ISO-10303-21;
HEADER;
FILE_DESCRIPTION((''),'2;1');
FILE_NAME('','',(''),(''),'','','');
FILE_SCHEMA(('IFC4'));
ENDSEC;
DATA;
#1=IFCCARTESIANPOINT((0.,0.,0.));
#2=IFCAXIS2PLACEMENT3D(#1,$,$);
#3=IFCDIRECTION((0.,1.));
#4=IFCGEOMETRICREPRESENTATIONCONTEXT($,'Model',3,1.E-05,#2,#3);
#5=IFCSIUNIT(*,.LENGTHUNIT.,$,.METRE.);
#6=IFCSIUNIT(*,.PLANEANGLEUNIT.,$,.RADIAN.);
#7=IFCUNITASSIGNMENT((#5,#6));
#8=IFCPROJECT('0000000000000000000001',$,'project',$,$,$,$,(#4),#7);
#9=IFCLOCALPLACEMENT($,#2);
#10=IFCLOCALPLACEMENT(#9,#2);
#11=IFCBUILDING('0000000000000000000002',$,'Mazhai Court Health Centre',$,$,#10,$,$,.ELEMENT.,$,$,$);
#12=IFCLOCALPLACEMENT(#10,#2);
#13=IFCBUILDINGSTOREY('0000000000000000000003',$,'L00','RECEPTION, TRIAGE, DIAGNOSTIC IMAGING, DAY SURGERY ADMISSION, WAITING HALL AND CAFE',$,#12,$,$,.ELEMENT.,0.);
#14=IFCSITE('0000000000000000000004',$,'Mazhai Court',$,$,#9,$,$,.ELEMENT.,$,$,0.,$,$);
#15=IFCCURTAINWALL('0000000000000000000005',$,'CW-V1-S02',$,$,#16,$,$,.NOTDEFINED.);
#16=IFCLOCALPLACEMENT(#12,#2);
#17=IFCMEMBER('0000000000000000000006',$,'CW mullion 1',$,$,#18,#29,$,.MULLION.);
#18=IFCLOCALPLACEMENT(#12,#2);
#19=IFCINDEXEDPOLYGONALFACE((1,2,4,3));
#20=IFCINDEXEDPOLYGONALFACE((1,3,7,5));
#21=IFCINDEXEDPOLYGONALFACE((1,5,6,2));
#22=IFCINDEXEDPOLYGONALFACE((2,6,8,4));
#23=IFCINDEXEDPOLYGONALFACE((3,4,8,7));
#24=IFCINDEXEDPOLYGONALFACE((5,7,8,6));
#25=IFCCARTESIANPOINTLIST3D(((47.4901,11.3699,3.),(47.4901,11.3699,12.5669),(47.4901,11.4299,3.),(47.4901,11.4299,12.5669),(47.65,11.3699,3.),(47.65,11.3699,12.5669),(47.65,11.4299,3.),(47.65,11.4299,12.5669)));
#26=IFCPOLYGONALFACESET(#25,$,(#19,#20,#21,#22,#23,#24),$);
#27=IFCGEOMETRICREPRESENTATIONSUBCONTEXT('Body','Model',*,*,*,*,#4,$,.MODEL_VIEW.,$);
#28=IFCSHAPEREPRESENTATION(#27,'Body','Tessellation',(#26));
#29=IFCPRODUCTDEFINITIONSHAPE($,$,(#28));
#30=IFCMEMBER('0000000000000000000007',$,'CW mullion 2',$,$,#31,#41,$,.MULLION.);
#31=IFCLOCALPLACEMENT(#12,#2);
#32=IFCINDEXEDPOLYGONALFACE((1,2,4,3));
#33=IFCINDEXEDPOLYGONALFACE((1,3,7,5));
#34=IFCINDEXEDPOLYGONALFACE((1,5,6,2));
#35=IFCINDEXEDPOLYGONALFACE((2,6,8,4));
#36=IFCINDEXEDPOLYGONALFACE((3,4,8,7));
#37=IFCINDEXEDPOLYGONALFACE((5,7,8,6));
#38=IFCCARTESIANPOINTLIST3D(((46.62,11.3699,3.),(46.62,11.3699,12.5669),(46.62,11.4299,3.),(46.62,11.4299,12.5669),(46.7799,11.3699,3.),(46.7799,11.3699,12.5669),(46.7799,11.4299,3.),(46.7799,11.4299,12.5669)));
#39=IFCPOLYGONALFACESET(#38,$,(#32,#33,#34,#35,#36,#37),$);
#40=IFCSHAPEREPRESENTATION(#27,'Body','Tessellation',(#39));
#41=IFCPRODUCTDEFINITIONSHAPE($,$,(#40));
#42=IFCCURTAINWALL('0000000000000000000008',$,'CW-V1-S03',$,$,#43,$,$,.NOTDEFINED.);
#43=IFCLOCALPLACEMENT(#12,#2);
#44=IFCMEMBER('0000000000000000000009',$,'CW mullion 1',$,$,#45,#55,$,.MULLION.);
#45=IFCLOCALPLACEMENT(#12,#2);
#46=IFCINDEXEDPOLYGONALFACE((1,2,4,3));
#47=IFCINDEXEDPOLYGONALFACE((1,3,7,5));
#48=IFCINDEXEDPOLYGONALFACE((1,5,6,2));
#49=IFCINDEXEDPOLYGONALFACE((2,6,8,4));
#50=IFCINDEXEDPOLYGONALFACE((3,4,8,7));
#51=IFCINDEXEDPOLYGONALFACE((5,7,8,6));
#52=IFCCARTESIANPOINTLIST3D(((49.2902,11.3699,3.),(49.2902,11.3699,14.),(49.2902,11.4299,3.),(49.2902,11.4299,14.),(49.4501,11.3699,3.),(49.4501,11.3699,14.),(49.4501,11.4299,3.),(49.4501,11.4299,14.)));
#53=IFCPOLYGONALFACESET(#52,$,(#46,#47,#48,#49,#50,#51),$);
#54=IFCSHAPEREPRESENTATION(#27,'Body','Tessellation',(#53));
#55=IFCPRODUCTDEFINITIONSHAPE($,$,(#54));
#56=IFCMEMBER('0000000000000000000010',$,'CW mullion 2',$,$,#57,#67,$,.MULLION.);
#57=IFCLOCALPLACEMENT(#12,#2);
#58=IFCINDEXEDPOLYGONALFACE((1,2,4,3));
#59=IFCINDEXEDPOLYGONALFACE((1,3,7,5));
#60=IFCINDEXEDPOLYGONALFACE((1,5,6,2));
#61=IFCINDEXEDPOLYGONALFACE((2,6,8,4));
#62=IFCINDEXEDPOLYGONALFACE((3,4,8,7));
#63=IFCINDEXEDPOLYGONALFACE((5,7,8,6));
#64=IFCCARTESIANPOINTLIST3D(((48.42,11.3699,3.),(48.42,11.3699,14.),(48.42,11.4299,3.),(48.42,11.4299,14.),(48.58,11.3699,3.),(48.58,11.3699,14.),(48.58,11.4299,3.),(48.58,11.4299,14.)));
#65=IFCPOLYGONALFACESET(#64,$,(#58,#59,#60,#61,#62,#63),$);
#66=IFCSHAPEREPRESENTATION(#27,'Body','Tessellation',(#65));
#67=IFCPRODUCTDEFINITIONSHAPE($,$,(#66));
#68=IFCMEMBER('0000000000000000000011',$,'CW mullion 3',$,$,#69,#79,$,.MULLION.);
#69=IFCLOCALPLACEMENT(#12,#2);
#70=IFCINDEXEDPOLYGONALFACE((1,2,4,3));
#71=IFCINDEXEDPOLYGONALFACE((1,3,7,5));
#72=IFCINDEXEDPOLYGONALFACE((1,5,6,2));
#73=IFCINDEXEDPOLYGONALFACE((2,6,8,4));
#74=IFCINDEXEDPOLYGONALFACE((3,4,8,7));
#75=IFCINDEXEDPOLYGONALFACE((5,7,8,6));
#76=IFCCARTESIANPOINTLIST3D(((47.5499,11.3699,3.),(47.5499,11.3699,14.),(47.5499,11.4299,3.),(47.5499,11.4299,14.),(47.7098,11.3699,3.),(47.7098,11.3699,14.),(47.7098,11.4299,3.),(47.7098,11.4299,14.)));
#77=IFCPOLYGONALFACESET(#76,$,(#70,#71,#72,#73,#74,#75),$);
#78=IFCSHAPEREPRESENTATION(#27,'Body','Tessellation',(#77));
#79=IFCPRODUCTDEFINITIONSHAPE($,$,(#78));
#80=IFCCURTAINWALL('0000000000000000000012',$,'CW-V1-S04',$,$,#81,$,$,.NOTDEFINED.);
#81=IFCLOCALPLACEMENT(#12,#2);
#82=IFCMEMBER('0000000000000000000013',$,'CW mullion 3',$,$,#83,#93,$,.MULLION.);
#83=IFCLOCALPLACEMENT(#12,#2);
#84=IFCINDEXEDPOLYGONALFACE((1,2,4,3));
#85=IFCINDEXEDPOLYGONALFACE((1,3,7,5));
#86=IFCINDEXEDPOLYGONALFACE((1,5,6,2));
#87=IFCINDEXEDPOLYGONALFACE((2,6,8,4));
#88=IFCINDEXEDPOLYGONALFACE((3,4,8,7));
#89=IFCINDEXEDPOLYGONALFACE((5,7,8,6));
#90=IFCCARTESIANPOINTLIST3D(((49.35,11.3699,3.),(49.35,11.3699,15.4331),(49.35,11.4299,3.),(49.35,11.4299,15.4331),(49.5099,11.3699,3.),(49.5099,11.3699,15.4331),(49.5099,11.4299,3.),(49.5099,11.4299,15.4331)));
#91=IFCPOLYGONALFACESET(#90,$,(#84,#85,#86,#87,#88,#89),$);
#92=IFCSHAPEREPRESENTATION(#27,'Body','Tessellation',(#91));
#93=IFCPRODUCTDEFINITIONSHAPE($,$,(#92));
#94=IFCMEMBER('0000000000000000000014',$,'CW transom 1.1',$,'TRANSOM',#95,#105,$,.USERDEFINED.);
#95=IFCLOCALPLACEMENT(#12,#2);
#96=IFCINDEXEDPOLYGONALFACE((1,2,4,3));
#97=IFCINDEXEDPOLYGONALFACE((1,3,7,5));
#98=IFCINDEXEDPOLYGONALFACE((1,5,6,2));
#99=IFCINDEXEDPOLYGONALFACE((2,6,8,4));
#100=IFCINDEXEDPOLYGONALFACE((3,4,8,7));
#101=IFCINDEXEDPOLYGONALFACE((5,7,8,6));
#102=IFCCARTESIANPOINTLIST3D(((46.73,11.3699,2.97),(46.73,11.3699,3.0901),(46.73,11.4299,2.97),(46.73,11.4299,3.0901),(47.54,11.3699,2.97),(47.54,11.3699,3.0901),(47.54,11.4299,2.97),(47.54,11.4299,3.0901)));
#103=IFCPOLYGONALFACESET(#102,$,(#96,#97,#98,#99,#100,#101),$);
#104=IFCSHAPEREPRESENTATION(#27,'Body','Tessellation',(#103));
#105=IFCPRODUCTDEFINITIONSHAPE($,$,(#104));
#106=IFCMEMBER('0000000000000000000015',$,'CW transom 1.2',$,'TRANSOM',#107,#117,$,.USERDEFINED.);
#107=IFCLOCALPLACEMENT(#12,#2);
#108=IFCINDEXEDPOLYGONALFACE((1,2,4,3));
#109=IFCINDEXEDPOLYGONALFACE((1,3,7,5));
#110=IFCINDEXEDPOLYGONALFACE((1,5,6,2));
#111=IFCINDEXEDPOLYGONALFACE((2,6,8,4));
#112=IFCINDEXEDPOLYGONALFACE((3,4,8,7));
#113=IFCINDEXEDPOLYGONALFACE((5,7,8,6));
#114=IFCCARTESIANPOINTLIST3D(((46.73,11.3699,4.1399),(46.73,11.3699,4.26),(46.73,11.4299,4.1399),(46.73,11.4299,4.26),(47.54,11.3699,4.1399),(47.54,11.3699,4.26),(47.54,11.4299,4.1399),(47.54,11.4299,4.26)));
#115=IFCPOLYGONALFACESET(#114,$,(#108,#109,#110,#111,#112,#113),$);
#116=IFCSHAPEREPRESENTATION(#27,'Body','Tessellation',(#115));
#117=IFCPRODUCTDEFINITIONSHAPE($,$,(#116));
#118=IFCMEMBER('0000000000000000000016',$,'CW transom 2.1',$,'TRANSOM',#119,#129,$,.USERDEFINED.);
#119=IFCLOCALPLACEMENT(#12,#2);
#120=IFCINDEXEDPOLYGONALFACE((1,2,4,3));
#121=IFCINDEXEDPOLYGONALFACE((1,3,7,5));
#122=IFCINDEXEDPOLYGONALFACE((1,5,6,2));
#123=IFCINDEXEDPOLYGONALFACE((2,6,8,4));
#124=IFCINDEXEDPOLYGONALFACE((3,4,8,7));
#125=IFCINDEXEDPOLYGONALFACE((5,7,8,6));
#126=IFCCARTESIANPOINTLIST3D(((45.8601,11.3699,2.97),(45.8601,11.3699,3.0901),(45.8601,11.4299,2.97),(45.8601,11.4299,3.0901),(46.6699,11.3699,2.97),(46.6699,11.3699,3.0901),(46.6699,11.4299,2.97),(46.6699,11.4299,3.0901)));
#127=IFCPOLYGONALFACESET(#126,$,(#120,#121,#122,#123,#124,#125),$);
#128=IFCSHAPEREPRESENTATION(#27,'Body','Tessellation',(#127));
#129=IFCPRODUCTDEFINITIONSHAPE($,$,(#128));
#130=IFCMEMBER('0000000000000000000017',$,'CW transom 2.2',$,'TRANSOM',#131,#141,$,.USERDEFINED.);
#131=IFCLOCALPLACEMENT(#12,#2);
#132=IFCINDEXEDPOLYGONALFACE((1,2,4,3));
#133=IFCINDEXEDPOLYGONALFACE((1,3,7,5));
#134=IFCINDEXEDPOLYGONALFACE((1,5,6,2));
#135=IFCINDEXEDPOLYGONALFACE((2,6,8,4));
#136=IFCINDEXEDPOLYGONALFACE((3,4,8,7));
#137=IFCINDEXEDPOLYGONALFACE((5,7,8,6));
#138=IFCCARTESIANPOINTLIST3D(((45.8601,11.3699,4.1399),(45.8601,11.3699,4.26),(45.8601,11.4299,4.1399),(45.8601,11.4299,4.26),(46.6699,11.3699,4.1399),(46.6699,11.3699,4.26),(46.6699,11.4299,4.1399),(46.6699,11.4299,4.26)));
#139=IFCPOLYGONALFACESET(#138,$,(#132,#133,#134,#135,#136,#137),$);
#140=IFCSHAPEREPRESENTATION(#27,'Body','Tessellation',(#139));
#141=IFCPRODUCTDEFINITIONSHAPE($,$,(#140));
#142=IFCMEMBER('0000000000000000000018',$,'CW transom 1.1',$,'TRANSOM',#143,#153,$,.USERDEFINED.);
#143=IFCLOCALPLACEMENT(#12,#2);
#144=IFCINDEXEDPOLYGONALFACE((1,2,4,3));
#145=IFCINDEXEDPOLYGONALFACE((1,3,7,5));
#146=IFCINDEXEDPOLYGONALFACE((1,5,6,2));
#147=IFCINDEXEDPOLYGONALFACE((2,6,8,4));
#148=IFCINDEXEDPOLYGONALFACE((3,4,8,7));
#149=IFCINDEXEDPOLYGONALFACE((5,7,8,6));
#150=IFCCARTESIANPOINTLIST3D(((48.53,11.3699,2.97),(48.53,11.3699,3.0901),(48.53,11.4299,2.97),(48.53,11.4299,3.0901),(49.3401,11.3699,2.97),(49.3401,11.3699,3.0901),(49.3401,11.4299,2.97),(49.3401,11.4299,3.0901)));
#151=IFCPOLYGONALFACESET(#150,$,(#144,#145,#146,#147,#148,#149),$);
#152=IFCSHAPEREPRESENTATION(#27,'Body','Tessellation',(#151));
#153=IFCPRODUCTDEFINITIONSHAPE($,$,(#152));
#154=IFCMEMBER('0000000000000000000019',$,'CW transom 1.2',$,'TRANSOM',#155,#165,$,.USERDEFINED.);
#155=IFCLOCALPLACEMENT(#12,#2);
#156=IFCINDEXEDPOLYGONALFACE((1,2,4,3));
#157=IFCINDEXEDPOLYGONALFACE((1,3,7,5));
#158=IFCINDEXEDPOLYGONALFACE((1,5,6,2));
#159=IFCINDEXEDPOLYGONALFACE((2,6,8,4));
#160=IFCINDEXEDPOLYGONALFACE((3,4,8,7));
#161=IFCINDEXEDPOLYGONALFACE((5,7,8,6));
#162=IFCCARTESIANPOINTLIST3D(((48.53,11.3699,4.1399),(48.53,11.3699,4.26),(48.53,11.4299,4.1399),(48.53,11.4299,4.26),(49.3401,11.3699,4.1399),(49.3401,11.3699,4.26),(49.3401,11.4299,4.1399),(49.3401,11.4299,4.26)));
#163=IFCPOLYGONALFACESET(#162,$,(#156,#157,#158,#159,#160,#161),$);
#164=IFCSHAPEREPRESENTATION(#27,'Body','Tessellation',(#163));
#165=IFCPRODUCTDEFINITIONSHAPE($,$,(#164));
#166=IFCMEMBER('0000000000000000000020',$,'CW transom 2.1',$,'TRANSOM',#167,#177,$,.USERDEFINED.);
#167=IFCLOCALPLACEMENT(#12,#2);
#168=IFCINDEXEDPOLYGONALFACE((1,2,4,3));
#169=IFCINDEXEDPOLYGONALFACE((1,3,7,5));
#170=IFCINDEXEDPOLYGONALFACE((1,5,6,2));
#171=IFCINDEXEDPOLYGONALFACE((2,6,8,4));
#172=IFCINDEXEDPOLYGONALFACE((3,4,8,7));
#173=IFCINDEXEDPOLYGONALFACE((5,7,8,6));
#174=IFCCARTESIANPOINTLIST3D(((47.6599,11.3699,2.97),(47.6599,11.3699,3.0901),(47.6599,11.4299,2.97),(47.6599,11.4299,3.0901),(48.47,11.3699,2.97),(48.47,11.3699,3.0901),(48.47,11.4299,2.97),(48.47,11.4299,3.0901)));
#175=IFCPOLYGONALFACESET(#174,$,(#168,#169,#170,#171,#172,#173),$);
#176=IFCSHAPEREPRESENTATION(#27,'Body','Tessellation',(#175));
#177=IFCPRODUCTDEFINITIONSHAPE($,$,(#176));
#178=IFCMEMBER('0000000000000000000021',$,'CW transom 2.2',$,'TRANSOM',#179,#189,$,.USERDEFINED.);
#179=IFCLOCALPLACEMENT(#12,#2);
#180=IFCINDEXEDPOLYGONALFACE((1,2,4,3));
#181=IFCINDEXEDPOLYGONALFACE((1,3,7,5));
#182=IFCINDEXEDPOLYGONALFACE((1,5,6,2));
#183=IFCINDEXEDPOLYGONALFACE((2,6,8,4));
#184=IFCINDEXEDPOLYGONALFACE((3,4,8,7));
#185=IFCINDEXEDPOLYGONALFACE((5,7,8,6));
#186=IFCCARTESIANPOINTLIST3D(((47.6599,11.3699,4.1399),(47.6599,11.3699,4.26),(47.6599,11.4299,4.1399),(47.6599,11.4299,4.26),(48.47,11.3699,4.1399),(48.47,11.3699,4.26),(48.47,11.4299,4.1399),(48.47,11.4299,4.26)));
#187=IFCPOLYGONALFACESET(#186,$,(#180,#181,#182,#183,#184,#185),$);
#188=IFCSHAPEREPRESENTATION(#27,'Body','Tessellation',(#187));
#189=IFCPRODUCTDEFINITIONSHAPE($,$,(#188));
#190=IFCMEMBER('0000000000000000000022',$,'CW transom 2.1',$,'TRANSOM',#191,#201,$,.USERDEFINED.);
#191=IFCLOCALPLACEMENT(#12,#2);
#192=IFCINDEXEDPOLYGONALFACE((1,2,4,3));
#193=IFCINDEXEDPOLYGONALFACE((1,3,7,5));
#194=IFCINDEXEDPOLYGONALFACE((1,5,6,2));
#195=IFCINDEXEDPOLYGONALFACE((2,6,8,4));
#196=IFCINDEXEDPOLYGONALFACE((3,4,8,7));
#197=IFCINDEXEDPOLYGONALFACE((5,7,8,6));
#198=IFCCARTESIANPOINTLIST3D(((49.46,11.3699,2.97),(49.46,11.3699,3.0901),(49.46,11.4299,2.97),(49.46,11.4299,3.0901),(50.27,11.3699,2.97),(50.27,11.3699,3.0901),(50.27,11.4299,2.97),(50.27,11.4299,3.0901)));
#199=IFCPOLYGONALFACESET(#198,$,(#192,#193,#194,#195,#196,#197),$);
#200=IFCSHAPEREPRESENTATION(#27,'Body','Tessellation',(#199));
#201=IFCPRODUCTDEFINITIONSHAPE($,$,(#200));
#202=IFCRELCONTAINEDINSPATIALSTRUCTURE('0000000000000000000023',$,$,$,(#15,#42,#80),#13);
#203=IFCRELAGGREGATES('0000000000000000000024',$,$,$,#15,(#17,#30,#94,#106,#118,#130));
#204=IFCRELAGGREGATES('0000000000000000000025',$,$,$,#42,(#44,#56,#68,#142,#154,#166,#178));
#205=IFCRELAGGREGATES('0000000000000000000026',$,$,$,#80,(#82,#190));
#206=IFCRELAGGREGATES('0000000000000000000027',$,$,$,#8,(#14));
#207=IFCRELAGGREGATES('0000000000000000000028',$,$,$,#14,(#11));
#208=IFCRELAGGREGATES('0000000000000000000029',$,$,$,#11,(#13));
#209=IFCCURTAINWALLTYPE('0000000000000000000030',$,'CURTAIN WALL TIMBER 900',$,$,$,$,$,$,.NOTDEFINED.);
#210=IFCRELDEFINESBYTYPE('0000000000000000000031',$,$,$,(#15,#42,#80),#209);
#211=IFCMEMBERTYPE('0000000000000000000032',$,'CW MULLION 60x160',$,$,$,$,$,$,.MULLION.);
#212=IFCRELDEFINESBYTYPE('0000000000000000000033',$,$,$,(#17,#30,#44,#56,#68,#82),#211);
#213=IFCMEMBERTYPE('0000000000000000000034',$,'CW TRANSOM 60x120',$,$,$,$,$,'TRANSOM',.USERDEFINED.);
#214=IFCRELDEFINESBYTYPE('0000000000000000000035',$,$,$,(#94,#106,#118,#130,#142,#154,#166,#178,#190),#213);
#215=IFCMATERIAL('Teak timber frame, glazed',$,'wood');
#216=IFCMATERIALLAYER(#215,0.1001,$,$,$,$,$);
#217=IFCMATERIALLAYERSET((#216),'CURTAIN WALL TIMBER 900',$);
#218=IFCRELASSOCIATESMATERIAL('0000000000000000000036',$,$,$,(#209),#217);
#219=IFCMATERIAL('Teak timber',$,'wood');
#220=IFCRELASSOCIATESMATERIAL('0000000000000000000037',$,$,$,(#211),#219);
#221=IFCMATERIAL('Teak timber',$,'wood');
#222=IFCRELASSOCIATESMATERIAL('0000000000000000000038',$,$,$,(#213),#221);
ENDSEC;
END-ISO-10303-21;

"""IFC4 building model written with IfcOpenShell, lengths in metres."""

from ifc_helpers import new_model, si_unit, direction, frame, origin, origin_2d, place, context, subcontext, project, spatial, rectangle, extrude, material, layer, layer_set, material_profile, profile_set, type_object, element, aggregate, save


model = new_model("IFC4")

# Units and contexts
model_context = context("Model", 3, precision=1e-05, world=origin(), true_north=direction((0.0, 1.0)))
body_context = subcontext(model_context, "Body", "Model", "MODEL_VIEW")
ifc_project = project(units=[si_unit("LENGTHUNIT", "METRE"), si_unit("PLANEANGLEUNIT", "RADIAN")], contexts=[model_context])

# Site, building, storey
site_placement = place(None, origin())
site = spatial("IfcSite", under=ifc_project, at=site_placement, Name="Mazhai Court", CompositionType="ELEMENT", RefElevation=0.0)
building_placement = place(site_placement, origin())
building = spatial("IfcBuilding", under=site, at=building_placement, Name="Mazhai Court Health Centre", CompositionType="ELEMENT")
storey_placement = place(building_placement, origin())
storey = spatial("IfcBuildingStorey", under=building, at=storey_placement, Name="L00", Description="RECEPTION, TRIAGE, DIAGNOSTIC IMAGING, DAY SURGERY ADMISSION, WAITING HALL AND CAFE", CompositionType="ELEMENT", Elevation=0.0)

# Curtain walls, members
ifc_material_1 = material(Name="Teak timber frame, glazed", Category="wood")
ifc_layer_1 = layer(ifc_material_1, 0.1001)
ifc_layer_set_1 = layer_set([ifc_layer_1], Name="CURTAIN WALL TIMBER 900")
curtain_wall_type = type_object("IfcCurtainWallType", Name="CURTAIN WALL TIMBER 900", PredefinedType="NOTDEFINED", material=ifc_layer_set_1)
curtain_wall_1_placement = place(storey_placement, origin())
curtain_wall_1 = element("IfcCurtainWall", 1, at=curtain_wall_1_placement, inside=storey, type_object=curtain_wall_type, Name="CW-V1-S02", PredefinedType="NOTDEFINED")
ifc_material_2 = material(Name="Teak timber", Category="wood")
ifc_material_profile_1 = material_profile(ifc_material_2, rectangle(XDim=0.0601, YDim=0.1599, at=origin_2d()), Name="CW MULLION 60x160")
ifc_profile_set_1 = profile_set([ifc_material_profile_1], Name="Teak timber")
member_type_1 = type_object("IfcMemberType", Name="CW MULLION 60x160", PredefinedType="MULLION", material=ifc_profile_set_1)
member_1_placement = place(storey_placement, frame((47.5701, 11.3999, 3.0), z_axis=(0.0, 0.0, 1.0), x_axis=(0.0, -1.0, 0.0)))
member_1 = element("IfcMember", 2, at=member_1_placement, type_object=member_type_1, Name="CW mullion 1", PredefinedType="MULLION", context=body_context, shape_type="SweptSolid", body=[
    extrude(rectangle(XDim=0.0601, YDim=0.1599, at=origin_2d()), origin(), (0.0, 0.0, 1.0), 9.5669),
])
member_2_placement = place(storey_placement, frame((46.7, 11.3999, 3.0), z_axis=(0.0, 0.0, 1.0), x_axis=(0.0, -1.0, 0.0)))
member_2 = element("IfcMember", 3, at=member_2_placement, type_object=member_type_1, Name="CW mullion 2", PredefinedType="MULLION", context=body_context, shape_type="SweptSolid", body=[
    extrude(rectangle(XDim=0.0601, YDim=0.1599, at=origin_2d()), origin(), (0.0, 0.0, 1.0), 9.5669),
])
curtain_wall_2_placement = place(storey_placement, origin())
curtain_wall_2 = element("IfcCurtainWall", 4, at=curtain_wall_2_placement, inside=storey, type_object=curtain_wall_type, Name="CW-V1-S03", PredefinedType="NOTDEFINED")
member_3_placement = place(storey_placement, frame((49.3701, 11.3999, 3.0), z_axis=(0.0, 0.0, 1.0), x_axis=(0.0, -1.0, 0.0)))
member_3 = element("IfcMember", 5, at=member_3_placement, type_object=member_type_1, Name="CW mullion 1", PredefinedType="MULLION", context=body_context, shape_type="SweptSolid", body=[
    extrude(rectangle(XDim=0.0601, YDim=0.1599, at=origin_2d()), origin(), (0.0, 0.0, 1.0), 11.0),
])
member_4_placement = place(storey_placement, frame((48.5, 11.3999, 3.0), z_axis=(0.0, 0.0, 1.0), x_axis=(0.0, -1.0, 0.0)))
member_4 = element("IfcMember", 6, at=member_4_placement, type_object=member_type_1, Name="CW mullion 2", PredefinedType="MULLION", context=body_context, shape_type="SweptSolid", body=[
    extrude(rectangle(XDim=0.0601, YDim=0.1599, at=origin_2d()), origin(), (0.0, 0.0, 1.0), 11.0),
])
member_5_placement = place(storey_placement, frame((47.6299, 11.3999, 3.0), z_axis=(0.0, 0.0, 1.0), x_axis=(0.0, -1.0, 0.0)))
member_5 = element("IfcMember", 7, at=member_5_placement, type_object=member_type_1, Name="CW mullion 3", PredefinedType="MULLION", context=body_context, shape_type="SweptSolid", body=[
    extrude(rectangle(XDim=0.0601, YDim=0.1599, at=origin_2d()), origin(), (0.0, 0.0, 1.0), 11.0),
])

# Curtain wall, member
curtain_wall_3_placement = place(storey_placement, origin())
curtain_wall_3 = element("IfcCurtainWall", 8, at=curtain_wall_3_placement, inside=storey, type_object=curtain_wall_type, Name="CW-V1-S04", PredefinedType="NOTDEFINED")
member_6_placement = place(storey_placement, frame((49.4299, 11.3999, 3.0), z_axis=(0.0, 0.0, 1.0), x_axis=(0.0, -1.0, 0.0)))
member_6 = element("IfcMember", 9, at=member_6_placement, type_object=member_type_1, Name="CW mullion 3", PredefinedType="MULLION", context=body_context, shape_type="SweptSolid", body=[
    extrude(rectangle(XDim=0.0601, YDim=0.1599, at=origin_2d()), origin(), (0.0, 0.0, 1.0), 12.4331),
])

# Members
ifc_material_3 = material(Name="Teak timber", Category="wood")
ifc_material_profile_2 = material_profile(ifc_material_3, rectangle(XDim=0.0601, YDim=0.1201, at=origin_2d()), Name="CW TRANSOM 60x120")
ifc_profile_set_2 = profile_set([ifc_material_profile_2], Name="Teak timber")
member_type_2 = type_object("IfcMemberType", Name="CW TRANSOM 60x120", ElementType="TRANSOM", PredefinedType="USERDEFINED", material=ifc_profile_set_2)
member_7_placement = place(storey_placement, frame((47.54, 11.3999, 3.03), z_axis=(-1.0, 0.0, 0.0), x_axis=(0.0, -1.0, 0.0)))
member_7 = element("IfcMember", 10, at=member_7_placement, type_object=member_type_2, Name="CW transom 1.1", ObjectType="TRANSOM", PredefinedType="USERDEFINED", context=body_context, shape_type="SweptSolid", body=[
    extrude(rectangle(XDim=0.0601, YDim=0.1201, at=origin_2d()), origin(), (0.0, 0.0, 1.0), 0.8101),
])
member_8_placement = place(storey_placement, frame((47.54, 11.3999, 4.2), z_axis=(-1.0, 0.0, 0.0), x_axis=(0.0, -1.0, 0.0)))
member_8 = element("IfcMember", 11, at=member_8_placement, type_object=member_type_2, Name="CW transom 1.2", ObjectType="TRANSOM", PredefinedType="USERDEFINED", context=body_context, shape_type="SweptSolid", body=[
    extrude(rectangle(XDim=0.0601, YDim=0.1201, at=origin_2d()), origin(), (0.0, 0.0, 1.0), 0.8101),
])
member_9_placement = place(storey_placement, frame((46.6699, 11.3999, 3.03), z_axis=(-1.0, 0.0, 0.0), x_axis=(0.0, -1.0, 0.0)))
member_9 = element("IfcMember", 12, at=member_9_placement, type_object=member_type_2, Name="CW transom 2.1", ObjectType="TRANSOM", PredefinedType="USERDEFINED", context=body_context, shape_type="SweptSolid", body=[
    extrude(rectangle(XDim=0.0601, YDim=0.1201, at=origin_2d()), origin(), (0.0, 0.0, 1.0), 0.8098),
])
member_10_placement = place(storey_placement, frame((46.6699, 11.3999, 4.2), z_axis=(-1.0, 0.0, 0.0), x_axis=(0.0, -1.0, 0.0)))
member_10 = element("IfcMember", 13, at=member_10_placement, type_object=member_type_2, Name="CW transom 2.2", ObjectType="TRANSOM", PredefinedType="USERDEFINED", context=body_context, shape_type="SweptSolid", body=[
    extrude(rectangle(XDim=0.0601, YDim=0.1201, at=origin_2d()), origin(), (0.0, 0.0, 1.0), 0.8098),
])
member_11_placement = place(storey_placement, frame((49.3401, 11.3999, 3.03), z_axis=(-1.0, 0.0, 0.0), x_axis=(0.0, -1.0, 0.0)))
member_11 = element("IfcMember", 14, at=member_11_placement, type_object=member_type_2, Name="CW transom 1.1", ObjectType="TRANSOM", PredefinedType="USERDEFINED", context=body_context, shape_type="SweptSolid", body=[
    extrude(rectangle(XDim=0.0601, YDim=0.1201, at=origin_2d()), origin(), (0.0, 0.0, 1.0), 0.8101),
])
member_12_placement = place(storey_placement, frame((49.3401, 11.3999, 4.2), z_axis=(-1.0, 0.0, 0.0), x_axis=(0.0, -1.0, 0.0)))
member_12 = element("IfcMember", 15, at=member_12_placement, type_object=member_type_2, Name="CW transom 1.2", ObjectType="TRANSOM", PredefinedType="USERDEFINED", context=body_context, shape_type="SweptSolid", body=[
    extrude(rectangle(XDim=0.0601, YDim=0.1201, at=origin_2d()), origin(), (0.0, 0.0, 1.0), 0.8101),
])
member_13_placement = place(storey_placement, frame((48.47, 11.3999, 3.03), z_axis=(-1.0, 0.0, 0.0), x_axis=(0.0, -1.0, 0.0)))
member_13 = element("IfcMember", 16, at=member_13_placement, type_object=member_type_2, Name="CW transom 2.1", ObjectType="TRANSOM", PredefinedType="USERDEFINED", context=body_context, shape_type="SweptSolid", body=[
    extrude(rectangle(XDim=0.0601, YDim=0.1201, at=origin_2d()), origin(), (0.0, 0.0, 1.0), 0.8101),
])
member_14_placement = place(storey_placement, frame((48.47, 11.3999, 4.2), z_axis=(-1.0, 0.0, 0.0), x_axis=(0.0, -1.0, 0.0)))
member_14 = element("IfcMember", 17, at=member_14_placement, type_object=member_type_2, Name="CW transom 2.2", ObjectType="TRANSOM", PredefinedType="USERDEFINED", context=body_context, shape_type="SweptSolid", body=[
    extrude(rectangle(XDim=0.0601, YDim=0.1201, at=origin_2d()), origin(), (0.0, 0.0, 1.0), 0.8101),
])
member_15_placement = place(storey_placement, frame((50.27, 11.3999, 3.03), z_axis=(-1.0, 0.0, 0.0), x_axis=(0.0, -1.0, 0.0)))
member_15 = element("IfcMember", 18, at=member_15_placement, type_object=member_type_2, Name="CW transom 2.1", ObjectType="TRANSOM", PredefinedType="USERDEFINED", context=body_context, shape_type="SweptSolid", body=[
    extrude(rectangle(XDim=0.0601, YDim=0.1201, at=origin_2d()), origin(), (0.0, 0.0, 1.0), 0.8101),
])

aggregate(curtain_wall_1, [member_1, member_2, member_7, member_8, member_9, member_10])
aggregate(curtain_wall_2, [member_3, member_4, member_5, member_11, member_12, member_13, member_14])
aggregate(curtain_wall_3, [member_6, member_15])

save(model, "model.ifc")
